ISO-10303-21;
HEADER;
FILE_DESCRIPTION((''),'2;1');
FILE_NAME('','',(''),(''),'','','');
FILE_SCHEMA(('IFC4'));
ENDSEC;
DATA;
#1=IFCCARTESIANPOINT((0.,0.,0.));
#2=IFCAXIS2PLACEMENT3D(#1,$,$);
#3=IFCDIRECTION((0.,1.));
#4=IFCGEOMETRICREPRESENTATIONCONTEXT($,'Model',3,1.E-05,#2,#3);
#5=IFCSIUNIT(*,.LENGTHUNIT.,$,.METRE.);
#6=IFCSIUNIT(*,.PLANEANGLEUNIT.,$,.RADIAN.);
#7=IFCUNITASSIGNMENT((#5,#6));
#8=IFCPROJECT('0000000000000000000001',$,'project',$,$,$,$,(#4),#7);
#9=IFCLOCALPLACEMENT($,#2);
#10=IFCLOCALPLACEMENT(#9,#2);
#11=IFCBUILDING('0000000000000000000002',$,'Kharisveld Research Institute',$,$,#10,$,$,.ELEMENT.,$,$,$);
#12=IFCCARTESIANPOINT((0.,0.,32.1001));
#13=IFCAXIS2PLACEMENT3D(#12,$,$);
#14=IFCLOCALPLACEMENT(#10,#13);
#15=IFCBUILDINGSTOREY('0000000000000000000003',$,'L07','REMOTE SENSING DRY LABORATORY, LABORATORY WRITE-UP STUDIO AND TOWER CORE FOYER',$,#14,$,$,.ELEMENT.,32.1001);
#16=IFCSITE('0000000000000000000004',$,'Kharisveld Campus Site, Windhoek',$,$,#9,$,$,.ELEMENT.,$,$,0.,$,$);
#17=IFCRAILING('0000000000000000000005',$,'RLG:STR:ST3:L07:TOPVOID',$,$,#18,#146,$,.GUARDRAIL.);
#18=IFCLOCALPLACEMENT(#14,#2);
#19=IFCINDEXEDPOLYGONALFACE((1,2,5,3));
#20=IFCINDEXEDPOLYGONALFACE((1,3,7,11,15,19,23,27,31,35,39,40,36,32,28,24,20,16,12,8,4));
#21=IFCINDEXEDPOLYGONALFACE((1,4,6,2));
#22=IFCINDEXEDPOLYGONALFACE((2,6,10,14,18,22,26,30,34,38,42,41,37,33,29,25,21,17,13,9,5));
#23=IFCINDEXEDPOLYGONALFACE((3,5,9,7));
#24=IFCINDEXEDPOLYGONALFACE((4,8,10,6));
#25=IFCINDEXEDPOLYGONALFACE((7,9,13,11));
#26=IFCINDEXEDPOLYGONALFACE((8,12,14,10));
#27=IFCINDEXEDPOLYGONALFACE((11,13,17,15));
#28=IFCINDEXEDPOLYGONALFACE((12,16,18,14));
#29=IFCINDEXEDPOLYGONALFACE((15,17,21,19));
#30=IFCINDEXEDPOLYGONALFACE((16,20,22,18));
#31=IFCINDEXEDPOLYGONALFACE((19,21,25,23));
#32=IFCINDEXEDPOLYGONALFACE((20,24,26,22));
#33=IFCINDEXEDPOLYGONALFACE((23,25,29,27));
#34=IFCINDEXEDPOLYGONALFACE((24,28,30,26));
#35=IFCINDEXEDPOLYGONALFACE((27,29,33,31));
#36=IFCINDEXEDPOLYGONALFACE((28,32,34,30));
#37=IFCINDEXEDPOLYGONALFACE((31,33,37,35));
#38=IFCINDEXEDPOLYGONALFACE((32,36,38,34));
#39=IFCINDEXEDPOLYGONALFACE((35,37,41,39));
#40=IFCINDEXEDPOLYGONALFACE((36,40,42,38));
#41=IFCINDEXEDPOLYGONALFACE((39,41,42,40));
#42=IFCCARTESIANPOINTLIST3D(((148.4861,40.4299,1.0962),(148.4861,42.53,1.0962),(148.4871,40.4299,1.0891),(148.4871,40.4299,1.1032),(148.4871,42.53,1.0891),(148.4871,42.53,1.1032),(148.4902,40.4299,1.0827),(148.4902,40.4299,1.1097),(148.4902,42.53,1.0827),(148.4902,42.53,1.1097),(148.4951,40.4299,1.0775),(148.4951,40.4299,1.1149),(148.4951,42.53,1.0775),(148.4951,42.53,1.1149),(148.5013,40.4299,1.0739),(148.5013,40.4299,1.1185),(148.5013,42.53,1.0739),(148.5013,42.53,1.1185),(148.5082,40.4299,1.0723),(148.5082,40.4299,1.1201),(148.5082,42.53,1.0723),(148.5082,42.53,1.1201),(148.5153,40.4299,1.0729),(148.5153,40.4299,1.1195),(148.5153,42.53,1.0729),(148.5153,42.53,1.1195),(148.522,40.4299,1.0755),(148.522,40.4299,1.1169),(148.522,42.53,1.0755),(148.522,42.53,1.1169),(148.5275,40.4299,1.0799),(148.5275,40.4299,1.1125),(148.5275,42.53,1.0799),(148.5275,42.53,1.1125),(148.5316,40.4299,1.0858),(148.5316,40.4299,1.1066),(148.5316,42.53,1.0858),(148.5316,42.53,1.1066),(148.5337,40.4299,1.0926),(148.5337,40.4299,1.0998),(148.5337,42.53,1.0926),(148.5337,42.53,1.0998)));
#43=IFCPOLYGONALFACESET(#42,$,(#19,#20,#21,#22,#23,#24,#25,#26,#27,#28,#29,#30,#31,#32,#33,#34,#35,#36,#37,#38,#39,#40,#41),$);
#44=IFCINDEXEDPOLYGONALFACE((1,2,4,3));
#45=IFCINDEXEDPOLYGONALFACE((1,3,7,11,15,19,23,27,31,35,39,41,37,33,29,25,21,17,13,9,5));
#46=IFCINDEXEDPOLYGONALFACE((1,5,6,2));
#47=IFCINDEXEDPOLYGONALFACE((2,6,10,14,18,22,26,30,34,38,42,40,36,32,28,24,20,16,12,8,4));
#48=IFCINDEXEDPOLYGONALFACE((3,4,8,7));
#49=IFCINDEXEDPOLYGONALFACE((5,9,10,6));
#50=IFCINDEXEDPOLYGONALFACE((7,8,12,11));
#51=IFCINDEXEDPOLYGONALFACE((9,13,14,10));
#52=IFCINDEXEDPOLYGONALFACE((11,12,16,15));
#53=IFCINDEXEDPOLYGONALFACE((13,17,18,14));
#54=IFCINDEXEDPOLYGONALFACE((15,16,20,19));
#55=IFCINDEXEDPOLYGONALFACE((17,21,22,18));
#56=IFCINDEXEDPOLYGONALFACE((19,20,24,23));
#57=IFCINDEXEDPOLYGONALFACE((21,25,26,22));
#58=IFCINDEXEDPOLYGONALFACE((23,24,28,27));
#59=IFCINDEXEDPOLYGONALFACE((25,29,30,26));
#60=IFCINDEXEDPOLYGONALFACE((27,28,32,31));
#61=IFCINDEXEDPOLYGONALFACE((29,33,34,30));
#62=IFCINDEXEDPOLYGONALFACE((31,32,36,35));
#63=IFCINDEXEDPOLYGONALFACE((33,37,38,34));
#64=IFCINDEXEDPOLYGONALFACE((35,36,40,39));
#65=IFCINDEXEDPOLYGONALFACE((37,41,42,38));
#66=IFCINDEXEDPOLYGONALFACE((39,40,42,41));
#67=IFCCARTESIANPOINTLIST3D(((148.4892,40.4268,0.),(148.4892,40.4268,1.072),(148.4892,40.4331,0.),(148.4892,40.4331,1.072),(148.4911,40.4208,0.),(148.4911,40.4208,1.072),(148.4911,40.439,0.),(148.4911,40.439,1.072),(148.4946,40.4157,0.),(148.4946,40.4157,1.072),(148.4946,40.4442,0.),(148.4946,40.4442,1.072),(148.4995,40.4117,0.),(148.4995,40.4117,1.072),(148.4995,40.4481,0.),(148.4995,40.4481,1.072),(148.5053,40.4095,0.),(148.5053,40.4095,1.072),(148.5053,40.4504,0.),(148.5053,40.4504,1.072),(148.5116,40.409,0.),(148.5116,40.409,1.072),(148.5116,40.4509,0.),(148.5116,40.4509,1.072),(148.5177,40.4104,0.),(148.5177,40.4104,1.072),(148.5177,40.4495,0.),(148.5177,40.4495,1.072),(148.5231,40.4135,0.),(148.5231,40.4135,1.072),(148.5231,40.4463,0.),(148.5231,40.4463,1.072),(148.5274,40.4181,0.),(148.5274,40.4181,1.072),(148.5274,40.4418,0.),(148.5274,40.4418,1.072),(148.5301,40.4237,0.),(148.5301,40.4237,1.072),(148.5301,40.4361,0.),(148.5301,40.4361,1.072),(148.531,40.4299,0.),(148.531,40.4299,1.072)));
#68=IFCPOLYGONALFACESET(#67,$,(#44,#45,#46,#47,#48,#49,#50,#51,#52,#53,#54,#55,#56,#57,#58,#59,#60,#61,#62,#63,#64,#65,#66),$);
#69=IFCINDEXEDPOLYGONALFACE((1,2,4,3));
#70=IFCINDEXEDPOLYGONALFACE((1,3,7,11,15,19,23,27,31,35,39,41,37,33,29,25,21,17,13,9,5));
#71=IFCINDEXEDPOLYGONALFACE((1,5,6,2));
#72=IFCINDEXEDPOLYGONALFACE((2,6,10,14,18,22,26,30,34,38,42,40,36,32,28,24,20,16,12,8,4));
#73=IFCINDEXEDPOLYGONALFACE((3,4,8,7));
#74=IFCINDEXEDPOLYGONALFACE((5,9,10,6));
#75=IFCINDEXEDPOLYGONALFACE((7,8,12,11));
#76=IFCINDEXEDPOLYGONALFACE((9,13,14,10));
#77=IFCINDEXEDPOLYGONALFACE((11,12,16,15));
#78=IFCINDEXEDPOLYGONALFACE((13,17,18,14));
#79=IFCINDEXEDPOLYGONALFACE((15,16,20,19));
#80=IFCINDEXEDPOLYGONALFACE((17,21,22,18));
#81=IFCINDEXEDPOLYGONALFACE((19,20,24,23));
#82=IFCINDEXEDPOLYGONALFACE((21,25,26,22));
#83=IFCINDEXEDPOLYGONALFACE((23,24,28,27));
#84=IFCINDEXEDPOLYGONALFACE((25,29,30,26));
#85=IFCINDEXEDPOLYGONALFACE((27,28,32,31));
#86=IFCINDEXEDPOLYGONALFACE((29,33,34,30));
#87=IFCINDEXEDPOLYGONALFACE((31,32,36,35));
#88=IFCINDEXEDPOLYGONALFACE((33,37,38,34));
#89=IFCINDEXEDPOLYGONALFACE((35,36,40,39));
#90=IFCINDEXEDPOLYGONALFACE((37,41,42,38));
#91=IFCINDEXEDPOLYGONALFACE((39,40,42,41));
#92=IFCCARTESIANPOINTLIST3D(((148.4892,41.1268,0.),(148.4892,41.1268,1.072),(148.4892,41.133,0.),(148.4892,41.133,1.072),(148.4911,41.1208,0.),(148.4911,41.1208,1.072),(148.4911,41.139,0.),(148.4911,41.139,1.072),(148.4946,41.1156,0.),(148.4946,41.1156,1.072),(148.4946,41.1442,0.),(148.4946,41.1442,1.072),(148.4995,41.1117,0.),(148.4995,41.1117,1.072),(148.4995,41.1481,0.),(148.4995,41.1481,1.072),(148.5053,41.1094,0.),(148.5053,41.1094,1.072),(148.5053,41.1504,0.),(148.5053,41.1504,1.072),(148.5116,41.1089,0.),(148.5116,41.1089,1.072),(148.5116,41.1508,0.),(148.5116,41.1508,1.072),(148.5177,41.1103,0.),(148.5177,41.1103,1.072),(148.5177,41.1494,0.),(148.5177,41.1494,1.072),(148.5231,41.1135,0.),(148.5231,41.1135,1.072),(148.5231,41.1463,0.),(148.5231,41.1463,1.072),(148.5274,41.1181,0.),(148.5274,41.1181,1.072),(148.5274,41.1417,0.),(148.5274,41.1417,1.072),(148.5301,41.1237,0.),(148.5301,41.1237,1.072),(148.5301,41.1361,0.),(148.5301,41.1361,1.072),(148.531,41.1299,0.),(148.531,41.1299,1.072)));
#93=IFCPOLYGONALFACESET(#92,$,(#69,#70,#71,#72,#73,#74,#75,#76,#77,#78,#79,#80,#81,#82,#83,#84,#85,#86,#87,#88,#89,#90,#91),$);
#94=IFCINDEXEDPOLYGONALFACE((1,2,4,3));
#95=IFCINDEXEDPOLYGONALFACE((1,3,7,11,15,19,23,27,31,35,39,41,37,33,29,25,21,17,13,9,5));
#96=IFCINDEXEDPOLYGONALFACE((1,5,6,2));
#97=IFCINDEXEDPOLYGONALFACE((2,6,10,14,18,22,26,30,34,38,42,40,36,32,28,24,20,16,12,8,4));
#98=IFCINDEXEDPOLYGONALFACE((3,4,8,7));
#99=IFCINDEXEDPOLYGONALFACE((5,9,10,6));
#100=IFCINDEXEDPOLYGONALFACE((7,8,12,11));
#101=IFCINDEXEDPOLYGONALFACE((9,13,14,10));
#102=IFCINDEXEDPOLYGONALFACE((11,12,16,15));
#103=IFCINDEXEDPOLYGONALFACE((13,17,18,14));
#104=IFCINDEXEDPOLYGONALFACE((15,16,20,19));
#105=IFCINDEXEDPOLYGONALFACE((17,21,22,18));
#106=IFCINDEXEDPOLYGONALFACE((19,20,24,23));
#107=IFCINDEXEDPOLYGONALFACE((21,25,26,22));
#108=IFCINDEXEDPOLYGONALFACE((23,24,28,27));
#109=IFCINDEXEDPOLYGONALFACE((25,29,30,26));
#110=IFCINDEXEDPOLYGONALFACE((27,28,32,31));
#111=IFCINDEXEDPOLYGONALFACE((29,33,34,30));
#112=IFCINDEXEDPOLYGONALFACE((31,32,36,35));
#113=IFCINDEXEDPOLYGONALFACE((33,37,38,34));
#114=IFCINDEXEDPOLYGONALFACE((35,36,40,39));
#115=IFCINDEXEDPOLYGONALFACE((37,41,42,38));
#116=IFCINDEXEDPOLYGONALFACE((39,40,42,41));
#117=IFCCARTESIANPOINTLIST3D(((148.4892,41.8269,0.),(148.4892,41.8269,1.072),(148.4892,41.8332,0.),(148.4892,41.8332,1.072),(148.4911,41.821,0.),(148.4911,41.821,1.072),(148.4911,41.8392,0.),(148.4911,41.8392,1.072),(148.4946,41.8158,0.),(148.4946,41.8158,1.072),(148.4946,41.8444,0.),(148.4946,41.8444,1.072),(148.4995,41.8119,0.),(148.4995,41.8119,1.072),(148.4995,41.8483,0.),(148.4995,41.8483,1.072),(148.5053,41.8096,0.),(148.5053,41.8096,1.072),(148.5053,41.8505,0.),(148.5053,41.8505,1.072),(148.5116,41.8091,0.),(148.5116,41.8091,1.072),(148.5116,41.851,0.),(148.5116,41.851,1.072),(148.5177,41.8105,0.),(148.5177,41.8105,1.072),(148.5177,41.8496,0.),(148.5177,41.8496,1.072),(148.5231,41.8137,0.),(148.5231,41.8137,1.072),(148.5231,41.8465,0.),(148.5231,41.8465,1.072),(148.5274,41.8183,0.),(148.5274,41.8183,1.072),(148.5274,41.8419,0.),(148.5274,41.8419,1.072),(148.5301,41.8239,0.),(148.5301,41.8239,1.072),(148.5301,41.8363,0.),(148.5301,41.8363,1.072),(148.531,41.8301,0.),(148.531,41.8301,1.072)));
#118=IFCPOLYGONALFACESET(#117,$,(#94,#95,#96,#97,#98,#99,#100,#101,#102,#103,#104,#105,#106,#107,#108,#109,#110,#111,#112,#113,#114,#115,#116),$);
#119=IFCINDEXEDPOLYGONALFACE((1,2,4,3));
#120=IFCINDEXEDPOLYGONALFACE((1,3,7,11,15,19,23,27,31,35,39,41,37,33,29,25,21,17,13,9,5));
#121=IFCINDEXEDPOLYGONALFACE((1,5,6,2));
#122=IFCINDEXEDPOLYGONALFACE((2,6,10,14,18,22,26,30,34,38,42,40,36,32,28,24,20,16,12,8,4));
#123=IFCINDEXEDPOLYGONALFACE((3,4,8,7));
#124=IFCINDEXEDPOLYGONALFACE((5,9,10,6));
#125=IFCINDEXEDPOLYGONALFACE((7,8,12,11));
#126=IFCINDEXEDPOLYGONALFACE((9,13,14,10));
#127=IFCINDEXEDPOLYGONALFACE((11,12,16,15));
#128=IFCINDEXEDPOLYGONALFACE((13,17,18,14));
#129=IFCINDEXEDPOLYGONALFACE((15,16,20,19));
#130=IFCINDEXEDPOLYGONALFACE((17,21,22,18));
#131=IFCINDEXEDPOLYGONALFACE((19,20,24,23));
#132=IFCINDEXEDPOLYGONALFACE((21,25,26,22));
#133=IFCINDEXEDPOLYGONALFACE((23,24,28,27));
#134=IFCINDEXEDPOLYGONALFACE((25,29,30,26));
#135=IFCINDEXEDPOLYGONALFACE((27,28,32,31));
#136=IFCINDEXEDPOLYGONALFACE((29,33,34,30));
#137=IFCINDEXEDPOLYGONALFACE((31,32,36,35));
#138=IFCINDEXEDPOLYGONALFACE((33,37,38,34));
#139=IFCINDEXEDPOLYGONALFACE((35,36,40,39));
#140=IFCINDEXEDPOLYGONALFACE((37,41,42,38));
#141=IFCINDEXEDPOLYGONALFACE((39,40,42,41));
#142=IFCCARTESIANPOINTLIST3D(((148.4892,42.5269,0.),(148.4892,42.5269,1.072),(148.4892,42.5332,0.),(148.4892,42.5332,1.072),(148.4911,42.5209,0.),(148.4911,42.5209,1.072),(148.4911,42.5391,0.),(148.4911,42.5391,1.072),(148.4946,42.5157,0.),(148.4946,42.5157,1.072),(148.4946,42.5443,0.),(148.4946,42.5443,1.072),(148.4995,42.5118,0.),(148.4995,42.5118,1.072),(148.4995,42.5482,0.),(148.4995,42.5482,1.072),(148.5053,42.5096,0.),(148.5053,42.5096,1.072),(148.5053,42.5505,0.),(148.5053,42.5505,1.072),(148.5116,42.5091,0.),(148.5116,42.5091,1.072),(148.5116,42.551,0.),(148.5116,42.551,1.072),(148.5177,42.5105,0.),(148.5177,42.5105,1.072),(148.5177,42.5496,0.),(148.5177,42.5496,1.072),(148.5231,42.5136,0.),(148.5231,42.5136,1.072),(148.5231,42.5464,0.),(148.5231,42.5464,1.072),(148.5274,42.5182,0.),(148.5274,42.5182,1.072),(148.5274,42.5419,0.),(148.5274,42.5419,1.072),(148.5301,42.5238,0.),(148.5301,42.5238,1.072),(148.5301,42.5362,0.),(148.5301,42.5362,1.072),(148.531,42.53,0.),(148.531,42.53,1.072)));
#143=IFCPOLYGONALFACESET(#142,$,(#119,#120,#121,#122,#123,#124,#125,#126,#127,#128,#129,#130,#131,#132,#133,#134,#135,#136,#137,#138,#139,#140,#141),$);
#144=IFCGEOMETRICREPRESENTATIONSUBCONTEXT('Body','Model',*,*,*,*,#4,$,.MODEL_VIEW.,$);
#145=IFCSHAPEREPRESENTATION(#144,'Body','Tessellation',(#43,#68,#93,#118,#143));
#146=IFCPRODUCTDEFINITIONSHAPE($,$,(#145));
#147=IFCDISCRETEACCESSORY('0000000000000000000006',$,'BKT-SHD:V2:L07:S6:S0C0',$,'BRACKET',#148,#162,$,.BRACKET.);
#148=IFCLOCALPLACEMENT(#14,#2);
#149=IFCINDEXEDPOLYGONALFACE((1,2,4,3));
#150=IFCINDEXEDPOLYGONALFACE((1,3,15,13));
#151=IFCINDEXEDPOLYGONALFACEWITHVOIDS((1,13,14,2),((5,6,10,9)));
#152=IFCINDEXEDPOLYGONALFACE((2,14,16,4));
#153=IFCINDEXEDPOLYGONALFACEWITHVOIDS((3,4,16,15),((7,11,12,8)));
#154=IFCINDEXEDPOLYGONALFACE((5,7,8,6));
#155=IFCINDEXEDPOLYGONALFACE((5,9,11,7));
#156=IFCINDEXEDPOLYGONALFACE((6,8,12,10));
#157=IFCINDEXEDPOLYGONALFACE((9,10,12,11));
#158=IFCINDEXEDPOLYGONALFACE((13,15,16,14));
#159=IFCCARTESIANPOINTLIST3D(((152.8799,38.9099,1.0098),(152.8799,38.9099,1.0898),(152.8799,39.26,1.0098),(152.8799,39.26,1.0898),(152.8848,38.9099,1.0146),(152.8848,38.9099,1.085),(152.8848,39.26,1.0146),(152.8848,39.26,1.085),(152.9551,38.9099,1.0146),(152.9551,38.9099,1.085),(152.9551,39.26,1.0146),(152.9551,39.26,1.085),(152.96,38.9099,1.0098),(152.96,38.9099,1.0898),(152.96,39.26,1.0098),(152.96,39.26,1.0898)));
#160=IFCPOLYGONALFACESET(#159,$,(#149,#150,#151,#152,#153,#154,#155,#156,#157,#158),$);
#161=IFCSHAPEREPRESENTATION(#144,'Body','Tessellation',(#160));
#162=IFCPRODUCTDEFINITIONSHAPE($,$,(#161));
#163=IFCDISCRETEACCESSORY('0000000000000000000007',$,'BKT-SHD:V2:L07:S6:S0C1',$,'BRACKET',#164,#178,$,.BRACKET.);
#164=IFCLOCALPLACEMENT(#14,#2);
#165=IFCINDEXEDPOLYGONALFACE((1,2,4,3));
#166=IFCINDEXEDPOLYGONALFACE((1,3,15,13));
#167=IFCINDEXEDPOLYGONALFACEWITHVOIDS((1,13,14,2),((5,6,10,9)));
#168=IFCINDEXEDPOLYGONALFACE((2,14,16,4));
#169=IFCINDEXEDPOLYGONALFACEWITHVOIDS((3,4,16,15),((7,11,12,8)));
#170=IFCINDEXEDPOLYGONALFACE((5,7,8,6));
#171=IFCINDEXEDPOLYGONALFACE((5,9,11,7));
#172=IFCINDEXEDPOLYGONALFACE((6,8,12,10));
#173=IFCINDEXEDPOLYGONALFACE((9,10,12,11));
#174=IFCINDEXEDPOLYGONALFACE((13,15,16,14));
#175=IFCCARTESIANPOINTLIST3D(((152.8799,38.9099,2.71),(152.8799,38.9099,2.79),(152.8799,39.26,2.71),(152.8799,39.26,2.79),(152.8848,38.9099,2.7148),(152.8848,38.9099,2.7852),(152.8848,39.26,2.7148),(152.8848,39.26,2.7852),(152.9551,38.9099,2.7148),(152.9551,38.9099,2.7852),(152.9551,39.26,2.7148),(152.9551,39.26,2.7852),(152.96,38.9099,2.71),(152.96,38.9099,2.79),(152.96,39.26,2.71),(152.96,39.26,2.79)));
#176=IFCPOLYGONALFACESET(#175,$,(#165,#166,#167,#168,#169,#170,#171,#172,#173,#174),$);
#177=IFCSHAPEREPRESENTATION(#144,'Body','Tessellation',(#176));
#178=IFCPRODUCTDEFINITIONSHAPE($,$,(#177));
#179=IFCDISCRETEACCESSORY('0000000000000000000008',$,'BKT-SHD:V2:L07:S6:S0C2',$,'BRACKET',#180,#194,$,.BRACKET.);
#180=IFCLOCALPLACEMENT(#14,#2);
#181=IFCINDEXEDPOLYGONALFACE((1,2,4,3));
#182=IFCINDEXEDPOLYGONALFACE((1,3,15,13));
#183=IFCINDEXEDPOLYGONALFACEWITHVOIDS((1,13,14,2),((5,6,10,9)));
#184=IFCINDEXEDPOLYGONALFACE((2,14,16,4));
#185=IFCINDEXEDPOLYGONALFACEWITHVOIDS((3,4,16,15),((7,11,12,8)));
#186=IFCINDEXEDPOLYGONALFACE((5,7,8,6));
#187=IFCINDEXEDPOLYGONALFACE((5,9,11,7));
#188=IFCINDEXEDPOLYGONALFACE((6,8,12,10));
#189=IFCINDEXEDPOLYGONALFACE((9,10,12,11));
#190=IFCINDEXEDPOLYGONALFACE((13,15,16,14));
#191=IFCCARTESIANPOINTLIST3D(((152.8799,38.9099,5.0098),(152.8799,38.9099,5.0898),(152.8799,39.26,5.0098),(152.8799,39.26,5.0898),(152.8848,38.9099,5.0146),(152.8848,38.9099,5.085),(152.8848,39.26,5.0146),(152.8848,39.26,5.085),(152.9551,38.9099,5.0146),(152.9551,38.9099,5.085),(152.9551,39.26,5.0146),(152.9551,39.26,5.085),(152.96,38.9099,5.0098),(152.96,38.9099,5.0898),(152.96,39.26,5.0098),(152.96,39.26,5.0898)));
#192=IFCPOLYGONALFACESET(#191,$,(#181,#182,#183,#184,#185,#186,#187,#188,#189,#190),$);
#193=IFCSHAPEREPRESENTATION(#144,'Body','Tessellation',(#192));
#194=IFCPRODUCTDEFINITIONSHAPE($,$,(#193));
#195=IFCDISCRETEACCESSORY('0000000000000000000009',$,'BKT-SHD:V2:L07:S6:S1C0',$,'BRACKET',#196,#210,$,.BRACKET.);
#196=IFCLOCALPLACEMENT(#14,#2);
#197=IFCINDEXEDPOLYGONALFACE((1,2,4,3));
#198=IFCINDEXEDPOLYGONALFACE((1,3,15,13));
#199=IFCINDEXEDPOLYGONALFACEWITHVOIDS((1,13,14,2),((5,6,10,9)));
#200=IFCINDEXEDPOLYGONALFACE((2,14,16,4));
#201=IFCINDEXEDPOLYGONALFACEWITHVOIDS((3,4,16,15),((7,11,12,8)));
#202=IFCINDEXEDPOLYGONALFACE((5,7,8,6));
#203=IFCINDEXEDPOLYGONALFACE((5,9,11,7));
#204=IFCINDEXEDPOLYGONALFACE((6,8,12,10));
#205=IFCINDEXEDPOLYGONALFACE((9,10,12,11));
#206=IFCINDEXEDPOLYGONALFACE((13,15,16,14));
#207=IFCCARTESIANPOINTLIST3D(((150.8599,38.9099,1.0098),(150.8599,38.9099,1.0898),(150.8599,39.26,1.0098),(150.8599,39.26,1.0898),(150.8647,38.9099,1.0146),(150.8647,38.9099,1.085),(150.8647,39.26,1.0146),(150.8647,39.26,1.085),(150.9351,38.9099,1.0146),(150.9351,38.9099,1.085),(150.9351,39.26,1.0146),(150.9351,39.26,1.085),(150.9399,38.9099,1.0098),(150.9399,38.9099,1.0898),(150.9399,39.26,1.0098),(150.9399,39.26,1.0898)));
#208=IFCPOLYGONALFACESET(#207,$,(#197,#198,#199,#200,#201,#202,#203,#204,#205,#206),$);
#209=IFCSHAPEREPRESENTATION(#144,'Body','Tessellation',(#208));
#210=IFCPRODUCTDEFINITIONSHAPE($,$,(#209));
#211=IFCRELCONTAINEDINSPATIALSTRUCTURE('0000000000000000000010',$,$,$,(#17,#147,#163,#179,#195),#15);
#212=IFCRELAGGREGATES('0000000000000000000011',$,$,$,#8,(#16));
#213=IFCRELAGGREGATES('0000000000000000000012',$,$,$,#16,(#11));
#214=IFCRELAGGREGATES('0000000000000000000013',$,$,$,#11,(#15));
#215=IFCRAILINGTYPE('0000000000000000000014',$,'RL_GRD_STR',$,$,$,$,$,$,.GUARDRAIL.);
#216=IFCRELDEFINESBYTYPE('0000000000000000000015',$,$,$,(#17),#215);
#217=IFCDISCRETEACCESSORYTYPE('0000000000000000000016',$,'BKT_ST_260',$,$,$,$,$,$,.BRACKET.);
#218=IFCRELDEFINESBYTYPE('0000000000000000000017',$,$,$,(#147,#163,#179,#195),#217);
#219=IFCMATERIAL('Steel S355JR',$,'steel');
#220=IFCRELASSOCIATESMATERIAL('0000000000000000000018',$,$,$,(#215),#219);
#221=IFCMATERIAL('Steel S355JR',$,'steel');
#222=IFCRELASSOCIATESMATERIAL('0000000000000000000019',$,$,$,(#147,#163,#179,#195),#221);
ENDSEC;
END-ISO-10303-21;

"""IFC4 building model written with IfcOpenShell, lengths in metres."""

from ifc_helpers import new_model, si_unit, direction, frame, origin, origin_2d, place, context, subcontext, project, spatial, hollow_rectangle, circle, extrude, material, type_object, element, save


model = new_model("IFC4")

# Units and contexts
model_context = context("Model", 3, precision=1e-05, world=origin(), true_north=direction((0.0, 1.0)))
body_context = subcontext(model_context, "Body", "Model", "MODEL_VIEW")
ifc_project = project(units=[si_unit("LENGTHUNIT", "METRE"), si_unit("PLANEANGLEUNIT", "RADIAN")], contexts=[model_context])

# Site, building, storey
site_placement = place(None, origin())
site = spatial("IfcSite", under=ifc_project, at=site_placement, Name="Kharisveld Campus Site, Windhoek", CompositionType="ELEMENT", RefElevation=0.0)
building_placement = place(site_placement, origin())
building = spatial("IfcBuilding", under=site, at=building_placement, Name="Kharisveld Research Institute", CompositionType="ELEMENT")
storey_placement = place(building_placement, frame((0.0, 0.0, 32.1001)))
storey = spatial("IfcBuildingStorey", under=building, at=storey_placement, Name="L07", Description="REMOTE SENSING DRY LABORATORY, LABORATORY WRITE-UP STUDIO AND TOWER CORE FOYER", CompositionType="ELEMENT", Elevation=32.1001)

# Railing
ifc_material_1 = material(Name="Steel S355JR", Category="steel")
railing_type = type_object("IfcRailingType", Name="RL_GRD_STR", PredefinedType="GUARDRAIL", material=ifc_material_1)
railing_placement = place(storey_placement, frame((148.51, 40.4299, 0.0)))
element("IfcRailing", 1, at=railing_placement, inside=storey, type_object=railing_type, Name="RLG:STR:ST3:L07:TOPVOID", PredefinedType="GUARDRAIL", context=body_context, shape_type="SweptSolid", body=[
    extrude(circle(Radius=0.0239, at=origin_2d()), frame((0.0, 0.0, 1.0962), z_axis=(0.0, 1.0, 0.0), x_axis=(-1.0, 0.0, 0.0)), (0.0, 0.0, 1.0), 2.1001),
    extrude(circle(Radius=0.021, at=origin_2d()), origin(), (0.0, 0.0, 1.0), 1.072),
    extrude(circle(Radius=0.021, at=origin_2d()), frame((0.0, 0.7, 0.0)), (0.0, 0.0, 1.0), 1.072),
    extrude(circle(Radius=0.021, at=origin_2d()), frame((0.0, 1.4001, 0.0)), (0.0, 0.0, 1.0), 1.072),
    extrude(circle(Radius=0.021, at=origin_2d()), frame((0.0, 2.1001, 0.0)), (0.0, 0.0, 1.0), 1.072),
])

# Discrete accessories
ifc_material_2 = material(Name="Steel S355JR", Category="steel")
discrete_accessory_type = type_object("IfcDiscreteAccessoryType", Name="BKT_ST_260", PredefinedType="BRACKET")
for number, where, z_axis, x_axis, name in (
    (2, (152.9199, 39.26, 1.0498), (0.0, -1.0, 0.0), (1.0, 0.0, 0.0), "BKT-SHD:V2:L07:S6:S0C0"),
    (3, (152.9199, 39.26, 2.75), (0.0, -1.0, 0.0), (1.0, 0.0, 0.0), "BKT-SHD:V2:L07:S6:S0C1"),
    (4, (152.9199, 39.26, 5.0498), (0.0, -1.0, 0.0), (1.0, 0.0, 0.0), "BKT-SHD:V2:L07:S6:S0C2"),
    (5, (150.8999, 39.26, 1.0498), (0.0, -1.0, 0.0), (1.0, 0.0, 0.0), "BKT-SHD:V2:L07:S6:S1C0"),
):
    element("IfcDiscreteAccessory", number, at=place(storey_placement, frame(where, z_axis=z_axis, x_axis=x_axis)), inside=storey, type_object=discrete_accessory_type, material=ifc_material_2, Name=name, ObjectType="BRACKET", PredefinedType="BRACKET", context=body_context, shape_type="SweptSolid", body=[
        extrude(hollow_rectangle(XDim=0.0801, YDim=0.0801, WallThickness=0.0049, at=origin_2d()), origin(), (0.0, 0.0, 1.0), 0.3501),
    ])

save(model, "model.ifc")
